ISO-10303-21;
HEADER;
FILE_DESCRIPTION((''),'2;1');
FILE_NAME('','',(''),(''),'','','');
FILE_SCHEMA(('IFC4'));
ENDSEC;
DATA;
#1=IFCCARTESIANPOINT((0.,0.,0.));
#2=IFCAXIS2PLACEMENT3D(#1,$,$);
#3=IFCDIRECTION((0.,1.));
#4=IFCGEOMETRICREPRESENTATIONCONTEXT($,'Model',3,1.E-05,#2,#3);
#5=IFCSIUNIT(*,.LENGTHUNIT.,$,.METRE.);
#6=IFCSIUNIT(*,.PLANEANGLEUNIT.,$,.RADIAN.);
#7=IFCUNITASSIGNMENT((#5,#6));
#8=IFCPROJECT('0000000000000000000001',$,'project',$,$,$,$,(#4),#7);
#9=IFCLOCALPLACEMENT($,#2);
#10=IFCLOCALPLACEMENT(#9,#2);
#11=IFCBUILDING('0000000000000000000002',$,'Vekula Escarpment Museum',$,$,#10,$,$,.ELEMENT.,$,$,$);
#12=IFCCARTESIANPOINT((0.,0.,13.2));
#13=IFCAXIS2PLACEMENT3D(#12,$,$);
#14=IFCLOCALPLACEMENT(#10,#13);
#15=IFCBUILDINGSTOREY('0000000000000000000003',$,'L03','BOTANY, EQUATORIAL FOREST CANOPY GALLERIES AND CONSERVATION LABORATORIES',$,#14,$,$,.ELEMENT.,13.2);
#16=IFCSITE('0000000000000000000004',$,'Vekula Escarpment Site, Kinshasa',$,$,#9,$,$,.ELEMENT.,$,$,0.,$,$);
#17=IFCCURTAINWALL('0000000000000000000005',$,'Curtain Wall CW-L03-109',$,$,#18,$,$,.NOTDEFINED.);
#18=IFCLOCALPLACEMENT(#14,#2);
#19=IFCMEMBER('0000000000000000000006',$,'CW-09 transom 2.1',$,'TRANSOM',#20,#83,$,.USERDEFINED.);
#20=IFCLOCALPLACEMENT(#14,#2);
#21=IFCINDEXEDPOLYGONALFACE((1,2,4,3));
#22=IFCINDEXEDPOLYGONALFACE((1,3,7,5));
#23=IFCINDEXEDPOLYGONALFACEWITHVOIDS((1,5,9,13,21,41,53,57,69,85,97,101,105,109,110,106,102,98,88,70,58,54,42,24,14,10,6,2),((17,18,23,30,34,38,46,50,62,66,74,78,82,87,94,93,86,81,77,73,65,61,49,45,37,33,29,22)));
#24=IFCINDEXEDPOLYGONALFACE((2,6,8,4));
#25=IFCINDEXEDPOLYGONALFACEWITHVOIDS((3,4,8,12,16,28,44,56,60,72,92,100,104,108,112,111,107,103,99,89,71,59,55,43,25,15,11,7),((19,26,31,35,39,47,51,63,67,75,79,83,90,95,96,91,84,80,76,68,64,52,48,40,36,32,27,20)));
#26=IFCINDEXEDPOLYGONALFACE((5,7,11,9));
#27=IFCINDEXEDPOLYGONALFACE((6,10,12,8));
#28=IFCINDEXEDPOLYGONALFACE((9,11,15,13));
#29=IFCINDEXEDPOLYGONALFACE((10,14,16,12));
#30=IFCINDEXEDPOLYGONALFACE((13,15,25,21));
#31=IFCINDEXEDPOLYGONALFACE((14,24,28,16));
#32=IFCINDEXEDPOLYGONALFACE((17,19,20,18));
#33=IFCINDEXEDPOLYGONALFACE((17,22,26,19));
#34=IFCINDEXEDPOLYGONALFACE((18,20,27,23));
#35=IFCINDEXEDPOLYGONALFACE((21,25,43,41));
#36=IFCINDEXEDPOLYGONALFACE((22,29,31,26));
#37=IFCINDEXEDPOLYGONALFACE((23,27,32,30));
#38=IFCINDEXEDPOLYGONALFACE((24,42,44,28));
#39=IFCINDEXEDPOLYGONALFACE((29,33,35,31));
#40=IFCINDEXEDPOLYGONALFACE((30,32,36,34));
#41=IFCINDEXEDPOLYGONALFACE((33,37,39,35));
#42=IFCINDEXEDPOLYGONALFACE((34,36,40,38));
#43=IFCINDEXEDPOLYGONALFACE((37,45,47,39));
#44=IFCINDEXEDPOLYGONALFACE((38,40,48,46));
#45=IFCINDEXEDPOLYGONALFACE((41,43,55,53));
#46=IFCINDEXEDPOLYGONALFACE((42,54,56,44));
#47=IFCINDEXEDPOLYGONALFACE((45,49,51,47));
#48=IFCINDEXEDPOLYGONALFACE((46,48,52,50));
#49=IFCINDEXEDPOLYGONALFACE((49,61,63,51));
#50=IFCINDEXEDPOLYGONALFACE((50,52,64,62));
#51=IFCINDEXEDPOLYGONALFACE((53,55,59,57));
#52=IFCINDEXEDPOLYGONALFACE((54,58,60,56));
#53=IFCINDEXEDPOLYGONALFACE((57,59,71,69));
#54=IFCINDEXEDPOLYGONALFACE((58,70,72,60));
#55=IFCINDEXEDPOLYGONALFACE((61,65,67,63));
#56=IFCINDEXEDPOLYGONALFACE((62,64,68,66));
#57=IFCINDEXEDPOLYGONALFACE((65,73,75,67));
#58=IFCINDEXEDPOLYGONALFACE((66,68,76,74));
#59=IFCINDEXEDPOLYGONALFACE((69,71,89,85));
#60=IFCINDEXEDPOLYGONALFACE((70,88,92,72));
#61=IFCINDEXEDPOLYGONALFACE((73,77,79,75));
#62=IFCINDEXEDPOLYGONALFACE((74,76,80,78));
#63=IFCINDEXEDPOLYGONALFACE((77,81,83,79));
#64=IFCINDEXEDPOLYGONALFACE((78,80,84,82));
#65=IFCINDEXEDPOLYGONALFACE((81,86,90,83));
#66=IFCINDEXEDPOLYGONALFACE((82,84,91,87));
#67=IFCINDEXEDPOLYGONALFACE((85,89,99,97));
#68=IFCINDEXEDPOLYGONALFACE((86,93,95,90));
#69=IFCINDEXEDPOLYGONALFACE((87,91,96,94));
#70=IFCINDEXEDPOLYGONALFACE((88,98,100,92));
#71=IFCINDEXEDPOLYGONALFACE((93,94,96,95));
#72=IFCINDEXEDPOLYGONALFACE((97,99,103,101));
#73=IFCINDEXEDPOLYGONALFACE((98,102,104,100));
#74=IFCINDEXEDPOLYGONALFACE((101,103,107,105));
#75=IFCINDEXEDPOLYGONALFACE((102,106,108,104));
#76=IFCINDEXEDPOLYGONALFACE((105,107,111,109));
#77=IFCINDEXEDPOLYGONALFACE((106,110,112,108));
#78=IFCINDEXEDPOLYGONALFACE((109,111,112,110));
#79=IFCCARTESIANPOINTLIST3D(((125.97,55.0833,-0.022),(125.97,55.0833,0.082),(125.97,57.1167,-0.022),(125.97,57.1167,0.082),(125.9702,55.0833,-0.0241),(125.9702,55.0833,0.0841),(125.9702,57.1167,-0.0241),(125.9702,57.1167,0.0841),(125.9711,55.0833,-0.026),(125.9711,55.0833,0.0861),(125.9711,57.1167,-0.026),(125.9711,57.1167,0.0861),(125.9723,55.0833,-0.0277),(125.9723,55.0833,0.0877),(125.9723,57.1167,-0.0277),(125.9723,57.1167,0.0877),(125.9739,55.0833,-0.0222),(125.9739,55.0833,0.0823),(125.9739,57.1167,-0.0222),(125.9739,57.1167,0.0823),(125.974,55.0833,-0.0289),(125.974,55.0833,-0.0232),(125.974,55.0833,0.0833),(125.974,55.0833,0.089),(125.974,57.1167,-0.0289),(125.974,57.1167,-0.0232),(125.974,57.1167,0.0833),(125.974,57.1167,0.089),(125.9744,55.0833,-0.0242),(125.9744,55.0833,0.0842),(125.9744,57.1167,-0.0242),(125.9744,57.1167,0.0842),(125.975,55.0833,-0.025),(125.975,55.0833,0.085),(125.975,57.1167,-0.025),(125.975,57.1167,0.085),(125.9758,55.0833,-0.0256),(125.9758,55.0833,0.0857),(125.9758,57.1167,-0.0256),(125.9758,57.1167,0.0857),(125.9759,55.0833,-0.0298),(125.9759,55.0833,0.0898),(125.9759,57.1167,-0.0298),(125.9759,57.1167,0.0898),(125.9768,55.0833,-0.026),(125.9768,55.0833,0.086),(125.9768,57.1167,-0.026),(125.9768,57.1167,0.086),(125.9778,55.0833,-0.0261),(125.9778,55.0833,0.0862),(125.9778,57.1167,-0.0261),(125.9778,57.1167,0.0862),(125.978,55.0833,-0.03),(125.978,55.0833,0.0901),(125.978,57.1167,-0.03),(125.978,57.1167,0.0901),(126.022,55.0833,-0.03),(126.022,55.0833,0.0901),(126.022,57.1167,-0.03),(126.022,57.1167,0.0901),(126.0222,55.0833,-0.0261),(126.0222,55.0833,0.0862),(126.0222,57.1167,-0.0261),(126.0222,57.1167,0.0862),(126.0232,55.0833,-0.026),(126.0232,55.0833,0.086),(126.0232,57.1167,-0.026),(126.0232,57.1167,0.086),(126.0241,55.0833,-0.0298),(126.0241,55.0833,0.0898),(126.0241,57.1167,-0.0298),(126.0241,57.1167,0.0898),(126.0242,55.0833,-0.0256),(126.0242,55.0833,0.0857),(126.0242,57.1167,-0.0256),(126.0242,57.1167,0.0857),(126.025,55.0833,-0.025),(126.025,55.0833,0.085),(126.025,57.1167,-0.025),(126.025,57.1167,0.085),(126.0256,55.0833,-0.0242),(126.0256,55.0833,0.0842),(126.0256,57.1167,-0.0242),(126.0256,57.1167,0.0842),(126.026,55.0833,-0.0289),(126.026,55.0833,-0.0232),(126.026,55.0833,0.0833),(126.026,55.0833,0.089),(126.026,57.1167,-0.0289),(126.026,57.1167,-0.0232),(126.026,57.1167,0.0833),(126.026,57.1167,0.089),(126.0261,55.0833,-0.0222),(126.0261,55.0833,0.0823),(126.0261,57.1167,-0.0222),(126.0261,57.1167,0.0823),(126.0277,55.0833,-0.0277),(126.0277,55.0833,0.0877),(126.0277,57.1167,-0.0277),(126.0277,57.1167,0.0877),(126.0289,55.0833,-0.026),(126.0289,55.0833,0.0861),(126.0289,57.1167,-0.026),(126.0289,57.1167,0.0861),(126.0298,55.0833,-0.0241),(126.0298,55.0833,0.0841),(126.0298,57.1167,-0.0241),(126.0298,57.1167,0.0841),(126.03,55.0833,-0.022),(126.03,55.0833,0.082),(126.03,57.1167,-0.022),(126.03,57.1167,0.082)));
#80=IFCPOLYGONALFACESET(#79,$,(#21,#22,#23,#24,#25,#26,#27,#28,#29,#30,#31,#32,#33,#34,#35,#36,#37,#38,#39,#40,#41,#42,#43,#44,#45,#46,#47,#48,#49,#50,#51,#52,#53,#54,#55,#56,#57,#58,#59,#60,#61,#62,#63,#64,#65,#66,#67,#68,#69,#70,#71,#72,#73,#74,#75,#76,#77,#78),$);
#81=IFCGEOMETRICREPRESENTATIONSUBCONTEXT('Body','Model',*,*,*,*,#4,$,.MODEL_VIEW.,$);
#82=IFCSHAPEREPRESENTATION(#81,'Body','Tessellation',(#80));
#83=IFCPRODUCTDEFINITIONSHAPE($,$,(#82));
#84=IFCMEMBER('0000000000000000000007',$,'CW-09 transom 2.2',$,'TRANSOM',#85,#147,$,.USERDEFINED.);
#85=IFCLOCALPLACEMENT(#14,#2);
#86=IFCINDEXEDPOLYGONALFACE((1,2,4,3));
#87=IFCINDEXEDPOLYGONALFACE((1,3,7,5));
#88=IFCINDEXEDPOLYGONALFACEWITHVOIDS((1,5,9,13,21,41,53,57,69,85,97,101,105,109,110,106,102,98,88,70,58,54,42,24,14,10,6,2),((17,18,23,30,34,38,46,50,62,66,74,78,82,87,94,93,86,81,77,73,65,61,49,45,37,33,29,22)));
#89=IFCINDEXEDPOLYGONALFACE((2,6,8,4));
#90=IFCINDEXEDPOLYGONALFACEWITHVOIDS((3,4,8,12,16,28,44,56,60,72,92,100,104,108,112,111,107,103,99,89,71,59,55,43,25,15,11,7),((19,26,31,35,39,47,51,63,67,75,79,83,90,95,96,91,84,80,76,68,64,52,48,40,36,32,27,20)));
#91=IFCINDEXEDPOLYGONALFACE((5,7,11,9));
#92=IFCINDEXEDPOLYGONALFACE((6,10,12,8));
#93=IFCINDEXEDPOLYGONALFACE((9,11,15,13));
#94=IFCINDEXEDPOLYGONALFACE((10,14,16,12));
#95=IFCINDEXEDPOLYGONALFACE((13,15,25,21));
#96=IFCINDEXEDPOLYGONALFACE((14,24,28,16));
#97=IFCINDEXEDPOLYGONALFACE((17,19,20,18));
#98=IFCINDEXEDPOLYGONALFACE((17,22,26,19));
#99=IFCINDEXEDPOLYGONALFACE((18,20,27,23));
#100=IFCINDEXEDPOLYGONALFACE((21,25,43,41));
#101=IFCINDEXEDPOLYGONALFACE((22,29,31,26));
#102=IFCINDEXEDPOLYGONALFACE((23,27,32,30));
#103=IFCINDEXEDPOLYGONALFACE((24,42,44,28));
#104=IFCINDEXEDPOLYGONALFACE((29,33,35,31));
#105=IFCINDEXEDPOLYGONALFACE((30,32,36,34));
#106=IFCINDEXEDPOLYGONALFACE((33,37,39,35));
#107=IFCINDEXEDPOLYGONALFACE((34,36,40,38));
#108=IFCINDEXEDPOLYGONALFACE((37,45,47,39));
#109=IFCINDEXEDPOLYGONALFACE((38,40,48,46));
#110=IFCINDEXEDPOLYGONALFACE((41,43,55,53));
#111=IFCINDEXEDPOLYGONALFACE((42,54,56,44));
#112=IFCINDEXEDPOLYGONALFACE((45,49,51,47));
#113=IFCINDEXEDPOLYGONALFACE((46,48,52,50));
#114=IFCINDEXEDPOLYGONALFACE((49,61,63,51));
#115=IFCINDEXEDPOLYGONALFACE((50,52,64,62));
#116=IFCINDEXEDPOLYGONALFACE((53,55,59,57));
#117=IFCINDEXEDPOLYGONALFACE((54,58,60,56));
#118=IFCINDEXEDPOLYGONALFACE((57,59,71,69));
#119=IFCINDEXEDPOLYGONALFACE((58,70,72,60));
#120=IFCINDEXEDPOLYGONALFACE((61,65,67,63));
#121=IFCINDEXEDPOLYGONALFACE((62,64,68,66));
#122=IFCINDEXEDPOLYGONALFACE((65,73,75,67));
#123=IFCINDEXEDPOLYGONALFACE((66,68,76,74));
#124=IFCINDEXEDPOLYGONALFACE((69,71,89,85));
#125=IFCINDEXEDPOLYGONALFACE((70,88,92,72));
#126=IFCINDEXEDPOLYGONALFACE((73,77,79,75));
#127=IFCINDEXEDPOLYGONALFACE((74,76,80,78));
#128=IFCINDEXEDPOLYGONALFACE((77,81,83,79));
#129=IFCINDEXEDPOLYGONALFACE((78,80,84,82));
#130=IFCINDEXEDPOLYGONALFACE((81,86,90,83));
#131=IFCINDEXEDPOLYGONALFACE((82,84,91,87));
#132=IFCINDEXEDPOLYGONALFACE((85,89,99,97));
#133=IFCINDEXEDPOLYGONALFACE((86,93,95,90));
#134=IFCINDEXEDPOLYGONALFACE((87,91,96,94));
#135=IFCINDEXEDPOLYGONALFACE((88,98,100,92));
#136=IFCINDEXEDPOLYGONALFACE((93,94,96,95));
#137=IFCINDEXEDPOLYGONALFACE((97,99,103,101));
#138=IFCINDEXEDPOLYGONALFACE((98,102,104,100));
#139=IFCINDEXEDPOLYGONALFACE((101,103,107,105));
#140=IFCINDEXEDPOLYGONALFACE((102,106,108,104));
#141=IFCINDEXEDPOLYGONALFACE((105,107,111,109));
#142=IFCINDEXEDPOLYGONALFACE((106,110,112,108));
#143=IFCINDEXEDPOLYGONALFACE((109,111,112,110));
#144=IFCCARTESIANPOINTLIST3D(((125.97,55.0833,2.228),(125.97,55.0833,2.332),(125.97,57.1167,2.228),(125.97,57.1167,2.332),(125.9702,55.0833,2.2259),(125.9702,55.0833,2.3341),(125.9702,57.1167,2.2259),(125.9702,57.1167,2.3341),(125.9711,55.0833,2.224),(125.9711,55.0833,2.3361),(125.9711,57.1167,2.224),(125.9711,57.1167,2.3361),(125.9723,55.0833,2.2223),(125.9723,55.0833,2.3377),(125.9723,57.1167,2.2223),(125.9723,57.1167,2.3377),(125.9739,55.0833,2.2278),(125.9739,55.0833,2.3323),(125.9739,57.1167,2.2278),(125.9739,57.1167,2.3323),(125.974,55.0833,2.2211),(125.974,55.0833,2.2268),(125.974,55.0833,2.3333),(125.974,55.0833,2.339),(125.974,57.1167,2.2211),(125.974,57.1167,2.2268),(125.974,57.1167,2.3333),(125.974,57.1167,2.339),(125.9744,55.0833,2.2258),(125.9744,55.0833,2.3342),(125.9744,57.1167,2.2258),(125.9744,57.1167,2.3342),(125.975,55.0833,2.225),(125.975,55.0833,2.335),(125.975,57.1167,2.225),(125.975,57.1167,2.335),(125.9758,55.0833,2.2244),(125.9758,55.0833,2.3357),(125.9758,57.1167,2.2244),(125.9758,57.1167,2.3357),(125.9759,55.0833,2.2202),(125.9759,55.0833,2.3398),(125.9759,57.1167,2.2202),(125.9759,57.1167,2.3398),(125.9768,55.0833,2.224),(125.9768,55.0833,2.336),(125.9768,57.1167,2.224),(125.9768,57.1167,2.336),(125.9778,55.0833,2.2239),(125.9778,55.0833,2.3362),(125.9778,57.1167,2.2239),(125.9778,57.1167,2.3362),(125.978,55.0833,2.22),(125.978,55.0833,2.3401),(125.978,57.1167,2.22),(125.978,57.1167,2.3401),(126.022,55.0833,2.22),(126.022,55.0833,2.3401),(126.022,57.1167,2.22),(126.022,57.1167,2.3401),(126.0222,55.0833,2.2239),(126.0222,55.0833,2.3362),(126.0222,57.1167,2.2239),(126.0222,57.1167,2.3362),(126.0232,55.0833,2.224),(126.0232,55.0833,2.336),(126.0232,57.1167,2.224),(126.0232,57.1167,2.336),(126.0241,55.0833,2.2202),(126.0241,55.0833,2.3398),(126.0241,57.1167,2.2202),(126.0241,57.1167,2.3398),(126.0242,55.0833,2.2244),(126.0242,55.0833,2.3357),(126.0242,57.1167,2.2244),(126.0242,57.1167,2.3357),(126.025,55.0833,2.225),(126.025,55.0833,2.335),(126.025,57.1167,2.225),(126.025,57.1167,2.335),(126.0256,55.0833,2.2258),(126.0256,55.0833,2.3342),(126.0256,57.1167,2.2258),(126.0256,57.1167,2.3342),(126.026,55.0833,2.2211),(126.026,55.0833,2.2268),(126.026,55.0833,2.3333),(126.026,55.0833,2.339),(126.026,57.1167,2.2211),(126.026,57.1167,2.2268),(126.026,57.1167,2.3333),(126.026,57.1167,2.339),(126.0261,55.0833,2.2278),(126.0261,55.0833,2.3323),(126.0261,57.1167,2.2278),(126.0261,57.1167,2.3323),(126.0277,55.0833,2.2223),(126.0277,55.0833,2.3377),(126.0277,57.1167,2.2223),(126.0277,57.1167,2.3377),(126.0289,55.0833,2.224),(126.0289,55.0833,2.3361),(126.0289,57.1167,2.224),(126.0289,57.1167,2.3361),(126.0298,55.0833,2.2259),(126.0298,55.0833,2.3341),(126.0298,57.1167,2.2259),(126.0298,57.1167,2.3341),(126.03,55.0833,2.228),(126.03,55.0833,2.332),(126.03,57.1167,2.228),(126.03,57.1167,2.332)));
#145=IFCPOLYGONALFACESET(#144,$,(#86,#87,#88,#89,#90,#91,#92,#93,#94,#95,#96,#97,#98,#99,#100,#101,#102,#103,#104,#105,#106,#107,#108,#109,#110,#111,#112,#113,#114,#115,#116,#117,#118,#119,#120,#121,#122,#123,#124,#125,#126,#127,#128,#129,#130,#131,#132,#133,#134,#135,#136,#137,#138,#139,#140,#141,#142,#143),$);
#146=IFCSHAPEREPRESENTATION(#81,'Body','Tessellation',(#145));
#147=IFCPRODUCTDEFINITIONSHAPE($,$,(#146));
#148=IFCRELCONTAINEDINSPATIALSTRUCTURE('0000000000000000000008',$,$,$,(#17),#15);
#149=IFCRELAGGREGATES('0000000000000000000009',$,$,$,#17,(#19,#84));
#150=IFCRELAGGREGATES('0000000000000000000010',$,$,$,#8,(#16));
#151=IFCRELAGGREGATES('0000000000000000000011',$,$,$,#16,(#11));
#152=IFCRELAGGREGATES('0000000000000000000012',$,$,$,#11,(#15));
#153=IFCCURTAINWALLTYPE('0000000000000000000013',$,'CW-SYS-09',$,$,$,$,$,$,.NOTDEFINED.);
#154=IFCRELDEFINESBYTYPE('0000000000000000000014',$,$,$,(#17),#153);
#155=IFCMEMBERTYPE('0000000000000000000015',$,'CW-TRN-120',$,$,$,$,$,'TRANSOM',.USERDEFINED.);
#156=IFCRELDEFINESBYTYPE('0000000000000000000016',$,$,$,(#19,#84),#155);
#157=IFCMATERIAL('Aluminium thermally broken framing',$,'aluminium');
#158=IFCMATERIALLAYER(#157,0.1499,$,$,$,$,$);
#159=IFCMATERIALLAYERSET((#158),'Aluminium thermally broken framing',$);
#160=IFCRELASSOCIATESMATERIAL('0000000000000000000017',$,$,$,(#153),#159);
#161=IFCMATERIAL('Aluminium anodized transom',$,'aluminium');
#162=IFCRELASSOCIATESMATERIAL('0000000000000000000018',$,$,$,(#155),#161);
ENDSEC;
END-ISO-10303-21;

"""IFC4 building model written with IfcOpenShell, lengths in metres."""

from ifc_helpers import new_model, si_unit, direction, frame, origin, origin_2d, place, context, subcontext, project, spatial, hollow_rectangle, extrude, material, layer, layer_set, material_profile, profile_set, type_object, element, aggregate, save


model = new_model("IFC4")

# Units and contexts
model_context = context("Model", 3, precision=1e-05, world=origin(), true_north=direction((0.0, 1.0)))
body_context = subcontext(model_context, "Body", "Model", "MODEL_VIEW")
ifc_project = project(units=[si_unit("LENGTHUNIT", "METRE"), si_unit("PLANEANGLEUNIT", "RADIAN")], contexts=[model_context])

# Site, building, storey
site_placement = place(None, origin())
site = spatial("IfcSite", under=ifc_project, at=site_placement, Name="Vekula Escarpment Site, Kinshasa", CompositionType="ELEMENT", RefElevation=0.0)
building_placement = place(site_placement, origin())
building = spatial("IfcBuilding", under=site, at=building_placement, Name="Vekula Escarpment Museum", CompositionType="ELEMENT")
storey_placement = place(building_placement, frame((0.0, 0.0, 13.2)))
storey = spatial("IfcBuildingStorey", under=building, at=storey_placement, Name="L03", Description="BOTANY, EQUATORIAL FOREST CANOPY GALLERIES AND CONSERVATION LABORATORIES", CompositionType="ELEMENT", Elevation=13.2)

# Curtain wall, members
ifc_material_1 = material(Name="Aluminium thermally broken framing", Category="aluminium")
ifc_layer_1 = layer(ifc_material_1, 0.1499)
ifc_layer_set_1 = layer_set([ifc_layer_1], Name="Aluminium thermally broken framing")
curtain_wall_type = type_object("IfcCurtainWallType", Name="CW-SYS-09", PredefinedType="NOTDEFINED", material=ifc_layer_set_1)
curtain_wall_placement = place(storey_placement, origin())
curtain_wall = element("IfcCurtainWall", 1, at=curtain_wall_placement, inside=storey, type_object=curtain_wall_type, Name="Curtain Wall CW-L03-109", PredefinedType="NOTDEFINED")
ifc_material_2 = material(Name="Aluminium anodized transom", Category="aluminium")
ifc_material_profile_1 = material_profile(ifc_material_2, hollow_rectangle(XDim=0.0601, YDim=0.1201, WallThickness=0.0039, InnerFilletRadius=0.0039, OuterFilletRadius=0.0081, at=origin_2d()), Name="ALU 120x60x4")
ifc_profile_set_1 = profile_set([ifc_material_profile_1], Name="Aluminium anodized transom")
member_type_1 = type_object("IfcMemberType", Name="CW-TRN-120", ElementType="TRANSOM", PredefinedType="USERDEFINED", material=ifc_profile_set_1)
member_1_placement = place(storey_placement, frame((126.0, 55.0833, 0.03), z_axis=(0.0, 1.0, 0.0), x_axis=(-1.0, 0.0, 0.0)))
member_1 = element("IfcMember", 2, at=member_1_placement, type_object=member_type_1, Name="CW-09 transom 2.1", ObjectType="TRANSOM", PredefinedType="USERDEFINED", context=body_context, shape_type="SweptSolid", body=[
    extrude(hollow_rectangle(XDim=0.0601, YDim=0.1201, WallThickness=0.0039, InnerFilletRadius=0.0039, OuterFilletRadius=0.0081, at=origin_2d()), origin(), (0.0, 0.0, 1.0), 2.0334),
])
member_2_placement = place(storey_placement, frame((126.0, 55.0833, 2.28), z_axis=(0.0, 1.0, 0.0), x_axis=(-1.0, 0.0, 0.0)))
member_2 = element("IfcMember", 3, at=member_2_placement, type_object=member_type_1, Name="CW-09 transom 2.2", ObjectType="TRANSOM", PredefinedType="USERDEFINED", context=body_context, shape_type="SweptSolid", body=[
    extrude(hollow_rectangle(XDim=0.0601, YDim=0.1201, WallThickness=0.0039, InnerFilletRadius=0.0039, OuterFilletRadius=0.0081, at=origin_2d()), origin(), (0.0, 0.0, 1.0), 2.0334),
])
aggregate(curtain_wall, [member_1, member_2])

save(model, "model.ifc")
